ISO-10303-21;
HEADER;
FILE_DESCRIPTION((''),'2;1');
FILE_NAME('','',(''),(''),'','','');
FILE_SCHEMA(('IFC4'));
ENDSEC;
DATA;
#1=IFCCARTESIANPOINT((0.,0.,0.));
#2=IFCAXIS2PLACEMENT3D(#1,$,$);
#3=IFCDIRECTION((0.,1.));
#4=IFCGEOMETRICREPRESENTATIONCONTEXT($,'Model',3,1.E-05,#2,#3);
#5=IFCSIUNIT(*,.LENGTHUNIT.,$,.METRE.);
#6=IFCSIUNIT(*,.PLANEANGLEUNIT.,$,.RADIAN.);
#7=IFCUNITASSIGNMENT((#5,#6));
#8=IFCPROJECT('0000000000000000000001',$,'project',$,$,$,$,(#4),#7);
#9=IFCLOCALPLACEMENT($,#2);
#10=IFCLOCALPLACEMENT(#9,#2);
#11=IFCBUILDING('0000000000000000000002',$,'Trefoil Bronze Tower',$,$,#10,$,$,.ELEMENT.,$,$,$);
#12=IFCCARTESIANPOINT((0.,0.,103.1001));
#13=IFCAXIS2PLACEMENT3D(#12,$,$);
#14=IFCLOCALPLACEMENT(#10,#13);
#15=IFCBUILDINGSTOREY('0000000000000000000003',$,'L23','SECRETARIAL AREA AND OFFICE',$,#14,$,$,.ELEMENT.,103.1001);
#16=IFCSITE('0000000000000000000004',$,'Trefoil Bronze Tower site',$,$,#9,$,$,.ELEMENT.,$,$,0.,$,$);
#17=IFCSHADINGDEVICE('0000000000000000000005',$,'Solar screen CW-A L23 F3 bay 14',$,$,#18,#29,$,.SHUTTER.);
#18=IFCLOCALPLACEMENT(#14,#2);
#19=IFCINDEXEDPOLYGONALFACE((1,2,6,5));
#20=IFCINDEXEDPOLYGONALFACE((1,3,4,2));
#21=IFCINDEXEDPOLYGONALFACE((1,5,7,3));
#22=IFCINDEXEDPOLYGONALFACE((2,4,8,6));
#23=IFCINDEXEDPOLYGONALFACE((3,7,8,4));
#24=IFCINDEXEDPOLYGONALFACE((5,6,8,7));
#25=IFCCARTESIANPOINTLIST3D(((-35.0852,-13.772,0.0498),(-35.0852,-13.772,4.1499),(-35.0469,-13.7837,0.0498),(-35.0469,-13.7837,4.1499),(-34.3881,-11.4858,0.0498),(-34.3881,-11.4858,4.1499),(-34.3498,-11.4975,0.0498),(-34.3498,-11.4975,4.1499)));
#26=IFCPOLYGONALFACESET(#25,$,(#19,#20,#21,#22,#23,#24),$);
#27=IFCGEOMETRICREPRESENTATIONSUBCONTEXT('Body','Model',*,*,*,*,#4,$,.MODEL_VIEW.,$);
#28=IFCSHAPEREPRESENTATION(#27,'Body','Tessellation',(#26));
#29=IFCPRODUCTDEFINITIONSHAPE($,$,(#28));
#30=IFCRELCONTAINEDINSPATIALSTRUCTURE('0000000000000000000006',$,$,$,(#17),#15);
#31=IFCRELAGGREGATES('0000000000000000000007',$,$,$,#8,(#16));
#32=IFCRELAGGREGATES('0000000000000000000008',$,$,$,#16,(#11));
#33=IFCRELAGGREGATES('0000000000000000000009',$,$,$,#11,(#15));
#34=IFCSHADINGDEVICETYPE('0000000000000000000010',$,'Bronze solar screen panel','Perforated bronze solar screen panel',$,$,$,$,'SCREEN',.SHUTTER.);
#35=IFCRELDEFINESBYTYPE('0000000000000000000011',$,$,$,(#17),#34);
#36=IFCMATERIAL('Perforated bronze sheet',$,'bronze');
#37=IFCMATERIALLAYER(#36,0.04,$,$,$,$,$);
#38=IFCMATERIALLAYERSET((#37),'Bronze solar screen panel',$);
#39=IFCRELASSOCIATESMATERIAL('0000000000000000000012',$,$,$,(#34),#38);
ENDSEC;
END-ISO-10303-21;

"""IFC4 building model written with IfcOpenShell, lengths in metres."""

from ifc_helpers import new_model, si_unit, direction, frame, origin, origin_2d, place, context, subcontext, project, spatial, rectangle, extrude, material, layer, layer_set, type_object, element, save


model = new_model("IFC4")

# Units and contexts
model_context = context("Model", 3, precision=1e-05, world=origin(), true_north=direction((0.0, 1.0)))
body_context = subcontext(model_context, "Body", "Model", "MODEL_VIEW")
ifc_project = project(units=[si_unit("LENGTHUNIT", "METRE"), si_unit("PLANEANGLEUNIT", "RADIAN")], contexts=[model_context])

# Site, building, storey
site_placement = place(None, origin())
site = spatial("IfcSite", under=ifc_project, at=site_placement, Name="Trefoil Bronze Tower site", CompositionType="ELEMENT", RefElevation=0.0)
building_placement = place(site_placement, origin())
building = spatial("IfcBuilding", under=site, at=building_placement, Name="Trefoil Bronze Tower", CompositionType="ELEMENT")
storey_placement = place(building_placement, frame((0.0, 0.0, 103.1001)))
storey = spatial("IfcBuildingStorey", under=building, at=storey_placement, Name="L23", Description="SECRETARIAL AREA AND OFFICE", CompositionType="ELEMENT", Elevation=103.1001)

# Shading device
ifc_material_1 = material(Name="Perforated bronze sheet", Category="bronze")
ifc_layer_1 = layer(ifc_material_1, 0.04)
ifc_layer_set_1 = layer_set([ifc_layer_1], Name="Bronze solar screen panel")
shading_device_type = type_object("IfcShadingDeviceType", Name="Bronze solar screen panel", Description="Perforated bronze solar screen panel", ElementType="SCREEN", PredefinedType="SHUTTER", material=ifc_layer_set_1)
shading_device_1_placement = place(storey_placement, frame((-34.7175, -12.6348, 0.0498), z_axis=(0.0, 0.0, 1.0), x_axis=(-0.291669, -0.956519, 0.0)))
element("IfcShadingDevice", 1, at=shading_device_1_placement, inside=storey, type_object=shading_device_type, Name="Solar screen CW-A L23 F3 bay 14", PredefinedType="SHUTTER", context=body_context, shape_type="SweptSolid", body=[
    extrude(rectangle(XDim=2.3901, YDim=0.04, at=origin_2d()), origin(), (0.0, 0.0, 1.0), 4.1001),
])

save(model, "model.ifc")
